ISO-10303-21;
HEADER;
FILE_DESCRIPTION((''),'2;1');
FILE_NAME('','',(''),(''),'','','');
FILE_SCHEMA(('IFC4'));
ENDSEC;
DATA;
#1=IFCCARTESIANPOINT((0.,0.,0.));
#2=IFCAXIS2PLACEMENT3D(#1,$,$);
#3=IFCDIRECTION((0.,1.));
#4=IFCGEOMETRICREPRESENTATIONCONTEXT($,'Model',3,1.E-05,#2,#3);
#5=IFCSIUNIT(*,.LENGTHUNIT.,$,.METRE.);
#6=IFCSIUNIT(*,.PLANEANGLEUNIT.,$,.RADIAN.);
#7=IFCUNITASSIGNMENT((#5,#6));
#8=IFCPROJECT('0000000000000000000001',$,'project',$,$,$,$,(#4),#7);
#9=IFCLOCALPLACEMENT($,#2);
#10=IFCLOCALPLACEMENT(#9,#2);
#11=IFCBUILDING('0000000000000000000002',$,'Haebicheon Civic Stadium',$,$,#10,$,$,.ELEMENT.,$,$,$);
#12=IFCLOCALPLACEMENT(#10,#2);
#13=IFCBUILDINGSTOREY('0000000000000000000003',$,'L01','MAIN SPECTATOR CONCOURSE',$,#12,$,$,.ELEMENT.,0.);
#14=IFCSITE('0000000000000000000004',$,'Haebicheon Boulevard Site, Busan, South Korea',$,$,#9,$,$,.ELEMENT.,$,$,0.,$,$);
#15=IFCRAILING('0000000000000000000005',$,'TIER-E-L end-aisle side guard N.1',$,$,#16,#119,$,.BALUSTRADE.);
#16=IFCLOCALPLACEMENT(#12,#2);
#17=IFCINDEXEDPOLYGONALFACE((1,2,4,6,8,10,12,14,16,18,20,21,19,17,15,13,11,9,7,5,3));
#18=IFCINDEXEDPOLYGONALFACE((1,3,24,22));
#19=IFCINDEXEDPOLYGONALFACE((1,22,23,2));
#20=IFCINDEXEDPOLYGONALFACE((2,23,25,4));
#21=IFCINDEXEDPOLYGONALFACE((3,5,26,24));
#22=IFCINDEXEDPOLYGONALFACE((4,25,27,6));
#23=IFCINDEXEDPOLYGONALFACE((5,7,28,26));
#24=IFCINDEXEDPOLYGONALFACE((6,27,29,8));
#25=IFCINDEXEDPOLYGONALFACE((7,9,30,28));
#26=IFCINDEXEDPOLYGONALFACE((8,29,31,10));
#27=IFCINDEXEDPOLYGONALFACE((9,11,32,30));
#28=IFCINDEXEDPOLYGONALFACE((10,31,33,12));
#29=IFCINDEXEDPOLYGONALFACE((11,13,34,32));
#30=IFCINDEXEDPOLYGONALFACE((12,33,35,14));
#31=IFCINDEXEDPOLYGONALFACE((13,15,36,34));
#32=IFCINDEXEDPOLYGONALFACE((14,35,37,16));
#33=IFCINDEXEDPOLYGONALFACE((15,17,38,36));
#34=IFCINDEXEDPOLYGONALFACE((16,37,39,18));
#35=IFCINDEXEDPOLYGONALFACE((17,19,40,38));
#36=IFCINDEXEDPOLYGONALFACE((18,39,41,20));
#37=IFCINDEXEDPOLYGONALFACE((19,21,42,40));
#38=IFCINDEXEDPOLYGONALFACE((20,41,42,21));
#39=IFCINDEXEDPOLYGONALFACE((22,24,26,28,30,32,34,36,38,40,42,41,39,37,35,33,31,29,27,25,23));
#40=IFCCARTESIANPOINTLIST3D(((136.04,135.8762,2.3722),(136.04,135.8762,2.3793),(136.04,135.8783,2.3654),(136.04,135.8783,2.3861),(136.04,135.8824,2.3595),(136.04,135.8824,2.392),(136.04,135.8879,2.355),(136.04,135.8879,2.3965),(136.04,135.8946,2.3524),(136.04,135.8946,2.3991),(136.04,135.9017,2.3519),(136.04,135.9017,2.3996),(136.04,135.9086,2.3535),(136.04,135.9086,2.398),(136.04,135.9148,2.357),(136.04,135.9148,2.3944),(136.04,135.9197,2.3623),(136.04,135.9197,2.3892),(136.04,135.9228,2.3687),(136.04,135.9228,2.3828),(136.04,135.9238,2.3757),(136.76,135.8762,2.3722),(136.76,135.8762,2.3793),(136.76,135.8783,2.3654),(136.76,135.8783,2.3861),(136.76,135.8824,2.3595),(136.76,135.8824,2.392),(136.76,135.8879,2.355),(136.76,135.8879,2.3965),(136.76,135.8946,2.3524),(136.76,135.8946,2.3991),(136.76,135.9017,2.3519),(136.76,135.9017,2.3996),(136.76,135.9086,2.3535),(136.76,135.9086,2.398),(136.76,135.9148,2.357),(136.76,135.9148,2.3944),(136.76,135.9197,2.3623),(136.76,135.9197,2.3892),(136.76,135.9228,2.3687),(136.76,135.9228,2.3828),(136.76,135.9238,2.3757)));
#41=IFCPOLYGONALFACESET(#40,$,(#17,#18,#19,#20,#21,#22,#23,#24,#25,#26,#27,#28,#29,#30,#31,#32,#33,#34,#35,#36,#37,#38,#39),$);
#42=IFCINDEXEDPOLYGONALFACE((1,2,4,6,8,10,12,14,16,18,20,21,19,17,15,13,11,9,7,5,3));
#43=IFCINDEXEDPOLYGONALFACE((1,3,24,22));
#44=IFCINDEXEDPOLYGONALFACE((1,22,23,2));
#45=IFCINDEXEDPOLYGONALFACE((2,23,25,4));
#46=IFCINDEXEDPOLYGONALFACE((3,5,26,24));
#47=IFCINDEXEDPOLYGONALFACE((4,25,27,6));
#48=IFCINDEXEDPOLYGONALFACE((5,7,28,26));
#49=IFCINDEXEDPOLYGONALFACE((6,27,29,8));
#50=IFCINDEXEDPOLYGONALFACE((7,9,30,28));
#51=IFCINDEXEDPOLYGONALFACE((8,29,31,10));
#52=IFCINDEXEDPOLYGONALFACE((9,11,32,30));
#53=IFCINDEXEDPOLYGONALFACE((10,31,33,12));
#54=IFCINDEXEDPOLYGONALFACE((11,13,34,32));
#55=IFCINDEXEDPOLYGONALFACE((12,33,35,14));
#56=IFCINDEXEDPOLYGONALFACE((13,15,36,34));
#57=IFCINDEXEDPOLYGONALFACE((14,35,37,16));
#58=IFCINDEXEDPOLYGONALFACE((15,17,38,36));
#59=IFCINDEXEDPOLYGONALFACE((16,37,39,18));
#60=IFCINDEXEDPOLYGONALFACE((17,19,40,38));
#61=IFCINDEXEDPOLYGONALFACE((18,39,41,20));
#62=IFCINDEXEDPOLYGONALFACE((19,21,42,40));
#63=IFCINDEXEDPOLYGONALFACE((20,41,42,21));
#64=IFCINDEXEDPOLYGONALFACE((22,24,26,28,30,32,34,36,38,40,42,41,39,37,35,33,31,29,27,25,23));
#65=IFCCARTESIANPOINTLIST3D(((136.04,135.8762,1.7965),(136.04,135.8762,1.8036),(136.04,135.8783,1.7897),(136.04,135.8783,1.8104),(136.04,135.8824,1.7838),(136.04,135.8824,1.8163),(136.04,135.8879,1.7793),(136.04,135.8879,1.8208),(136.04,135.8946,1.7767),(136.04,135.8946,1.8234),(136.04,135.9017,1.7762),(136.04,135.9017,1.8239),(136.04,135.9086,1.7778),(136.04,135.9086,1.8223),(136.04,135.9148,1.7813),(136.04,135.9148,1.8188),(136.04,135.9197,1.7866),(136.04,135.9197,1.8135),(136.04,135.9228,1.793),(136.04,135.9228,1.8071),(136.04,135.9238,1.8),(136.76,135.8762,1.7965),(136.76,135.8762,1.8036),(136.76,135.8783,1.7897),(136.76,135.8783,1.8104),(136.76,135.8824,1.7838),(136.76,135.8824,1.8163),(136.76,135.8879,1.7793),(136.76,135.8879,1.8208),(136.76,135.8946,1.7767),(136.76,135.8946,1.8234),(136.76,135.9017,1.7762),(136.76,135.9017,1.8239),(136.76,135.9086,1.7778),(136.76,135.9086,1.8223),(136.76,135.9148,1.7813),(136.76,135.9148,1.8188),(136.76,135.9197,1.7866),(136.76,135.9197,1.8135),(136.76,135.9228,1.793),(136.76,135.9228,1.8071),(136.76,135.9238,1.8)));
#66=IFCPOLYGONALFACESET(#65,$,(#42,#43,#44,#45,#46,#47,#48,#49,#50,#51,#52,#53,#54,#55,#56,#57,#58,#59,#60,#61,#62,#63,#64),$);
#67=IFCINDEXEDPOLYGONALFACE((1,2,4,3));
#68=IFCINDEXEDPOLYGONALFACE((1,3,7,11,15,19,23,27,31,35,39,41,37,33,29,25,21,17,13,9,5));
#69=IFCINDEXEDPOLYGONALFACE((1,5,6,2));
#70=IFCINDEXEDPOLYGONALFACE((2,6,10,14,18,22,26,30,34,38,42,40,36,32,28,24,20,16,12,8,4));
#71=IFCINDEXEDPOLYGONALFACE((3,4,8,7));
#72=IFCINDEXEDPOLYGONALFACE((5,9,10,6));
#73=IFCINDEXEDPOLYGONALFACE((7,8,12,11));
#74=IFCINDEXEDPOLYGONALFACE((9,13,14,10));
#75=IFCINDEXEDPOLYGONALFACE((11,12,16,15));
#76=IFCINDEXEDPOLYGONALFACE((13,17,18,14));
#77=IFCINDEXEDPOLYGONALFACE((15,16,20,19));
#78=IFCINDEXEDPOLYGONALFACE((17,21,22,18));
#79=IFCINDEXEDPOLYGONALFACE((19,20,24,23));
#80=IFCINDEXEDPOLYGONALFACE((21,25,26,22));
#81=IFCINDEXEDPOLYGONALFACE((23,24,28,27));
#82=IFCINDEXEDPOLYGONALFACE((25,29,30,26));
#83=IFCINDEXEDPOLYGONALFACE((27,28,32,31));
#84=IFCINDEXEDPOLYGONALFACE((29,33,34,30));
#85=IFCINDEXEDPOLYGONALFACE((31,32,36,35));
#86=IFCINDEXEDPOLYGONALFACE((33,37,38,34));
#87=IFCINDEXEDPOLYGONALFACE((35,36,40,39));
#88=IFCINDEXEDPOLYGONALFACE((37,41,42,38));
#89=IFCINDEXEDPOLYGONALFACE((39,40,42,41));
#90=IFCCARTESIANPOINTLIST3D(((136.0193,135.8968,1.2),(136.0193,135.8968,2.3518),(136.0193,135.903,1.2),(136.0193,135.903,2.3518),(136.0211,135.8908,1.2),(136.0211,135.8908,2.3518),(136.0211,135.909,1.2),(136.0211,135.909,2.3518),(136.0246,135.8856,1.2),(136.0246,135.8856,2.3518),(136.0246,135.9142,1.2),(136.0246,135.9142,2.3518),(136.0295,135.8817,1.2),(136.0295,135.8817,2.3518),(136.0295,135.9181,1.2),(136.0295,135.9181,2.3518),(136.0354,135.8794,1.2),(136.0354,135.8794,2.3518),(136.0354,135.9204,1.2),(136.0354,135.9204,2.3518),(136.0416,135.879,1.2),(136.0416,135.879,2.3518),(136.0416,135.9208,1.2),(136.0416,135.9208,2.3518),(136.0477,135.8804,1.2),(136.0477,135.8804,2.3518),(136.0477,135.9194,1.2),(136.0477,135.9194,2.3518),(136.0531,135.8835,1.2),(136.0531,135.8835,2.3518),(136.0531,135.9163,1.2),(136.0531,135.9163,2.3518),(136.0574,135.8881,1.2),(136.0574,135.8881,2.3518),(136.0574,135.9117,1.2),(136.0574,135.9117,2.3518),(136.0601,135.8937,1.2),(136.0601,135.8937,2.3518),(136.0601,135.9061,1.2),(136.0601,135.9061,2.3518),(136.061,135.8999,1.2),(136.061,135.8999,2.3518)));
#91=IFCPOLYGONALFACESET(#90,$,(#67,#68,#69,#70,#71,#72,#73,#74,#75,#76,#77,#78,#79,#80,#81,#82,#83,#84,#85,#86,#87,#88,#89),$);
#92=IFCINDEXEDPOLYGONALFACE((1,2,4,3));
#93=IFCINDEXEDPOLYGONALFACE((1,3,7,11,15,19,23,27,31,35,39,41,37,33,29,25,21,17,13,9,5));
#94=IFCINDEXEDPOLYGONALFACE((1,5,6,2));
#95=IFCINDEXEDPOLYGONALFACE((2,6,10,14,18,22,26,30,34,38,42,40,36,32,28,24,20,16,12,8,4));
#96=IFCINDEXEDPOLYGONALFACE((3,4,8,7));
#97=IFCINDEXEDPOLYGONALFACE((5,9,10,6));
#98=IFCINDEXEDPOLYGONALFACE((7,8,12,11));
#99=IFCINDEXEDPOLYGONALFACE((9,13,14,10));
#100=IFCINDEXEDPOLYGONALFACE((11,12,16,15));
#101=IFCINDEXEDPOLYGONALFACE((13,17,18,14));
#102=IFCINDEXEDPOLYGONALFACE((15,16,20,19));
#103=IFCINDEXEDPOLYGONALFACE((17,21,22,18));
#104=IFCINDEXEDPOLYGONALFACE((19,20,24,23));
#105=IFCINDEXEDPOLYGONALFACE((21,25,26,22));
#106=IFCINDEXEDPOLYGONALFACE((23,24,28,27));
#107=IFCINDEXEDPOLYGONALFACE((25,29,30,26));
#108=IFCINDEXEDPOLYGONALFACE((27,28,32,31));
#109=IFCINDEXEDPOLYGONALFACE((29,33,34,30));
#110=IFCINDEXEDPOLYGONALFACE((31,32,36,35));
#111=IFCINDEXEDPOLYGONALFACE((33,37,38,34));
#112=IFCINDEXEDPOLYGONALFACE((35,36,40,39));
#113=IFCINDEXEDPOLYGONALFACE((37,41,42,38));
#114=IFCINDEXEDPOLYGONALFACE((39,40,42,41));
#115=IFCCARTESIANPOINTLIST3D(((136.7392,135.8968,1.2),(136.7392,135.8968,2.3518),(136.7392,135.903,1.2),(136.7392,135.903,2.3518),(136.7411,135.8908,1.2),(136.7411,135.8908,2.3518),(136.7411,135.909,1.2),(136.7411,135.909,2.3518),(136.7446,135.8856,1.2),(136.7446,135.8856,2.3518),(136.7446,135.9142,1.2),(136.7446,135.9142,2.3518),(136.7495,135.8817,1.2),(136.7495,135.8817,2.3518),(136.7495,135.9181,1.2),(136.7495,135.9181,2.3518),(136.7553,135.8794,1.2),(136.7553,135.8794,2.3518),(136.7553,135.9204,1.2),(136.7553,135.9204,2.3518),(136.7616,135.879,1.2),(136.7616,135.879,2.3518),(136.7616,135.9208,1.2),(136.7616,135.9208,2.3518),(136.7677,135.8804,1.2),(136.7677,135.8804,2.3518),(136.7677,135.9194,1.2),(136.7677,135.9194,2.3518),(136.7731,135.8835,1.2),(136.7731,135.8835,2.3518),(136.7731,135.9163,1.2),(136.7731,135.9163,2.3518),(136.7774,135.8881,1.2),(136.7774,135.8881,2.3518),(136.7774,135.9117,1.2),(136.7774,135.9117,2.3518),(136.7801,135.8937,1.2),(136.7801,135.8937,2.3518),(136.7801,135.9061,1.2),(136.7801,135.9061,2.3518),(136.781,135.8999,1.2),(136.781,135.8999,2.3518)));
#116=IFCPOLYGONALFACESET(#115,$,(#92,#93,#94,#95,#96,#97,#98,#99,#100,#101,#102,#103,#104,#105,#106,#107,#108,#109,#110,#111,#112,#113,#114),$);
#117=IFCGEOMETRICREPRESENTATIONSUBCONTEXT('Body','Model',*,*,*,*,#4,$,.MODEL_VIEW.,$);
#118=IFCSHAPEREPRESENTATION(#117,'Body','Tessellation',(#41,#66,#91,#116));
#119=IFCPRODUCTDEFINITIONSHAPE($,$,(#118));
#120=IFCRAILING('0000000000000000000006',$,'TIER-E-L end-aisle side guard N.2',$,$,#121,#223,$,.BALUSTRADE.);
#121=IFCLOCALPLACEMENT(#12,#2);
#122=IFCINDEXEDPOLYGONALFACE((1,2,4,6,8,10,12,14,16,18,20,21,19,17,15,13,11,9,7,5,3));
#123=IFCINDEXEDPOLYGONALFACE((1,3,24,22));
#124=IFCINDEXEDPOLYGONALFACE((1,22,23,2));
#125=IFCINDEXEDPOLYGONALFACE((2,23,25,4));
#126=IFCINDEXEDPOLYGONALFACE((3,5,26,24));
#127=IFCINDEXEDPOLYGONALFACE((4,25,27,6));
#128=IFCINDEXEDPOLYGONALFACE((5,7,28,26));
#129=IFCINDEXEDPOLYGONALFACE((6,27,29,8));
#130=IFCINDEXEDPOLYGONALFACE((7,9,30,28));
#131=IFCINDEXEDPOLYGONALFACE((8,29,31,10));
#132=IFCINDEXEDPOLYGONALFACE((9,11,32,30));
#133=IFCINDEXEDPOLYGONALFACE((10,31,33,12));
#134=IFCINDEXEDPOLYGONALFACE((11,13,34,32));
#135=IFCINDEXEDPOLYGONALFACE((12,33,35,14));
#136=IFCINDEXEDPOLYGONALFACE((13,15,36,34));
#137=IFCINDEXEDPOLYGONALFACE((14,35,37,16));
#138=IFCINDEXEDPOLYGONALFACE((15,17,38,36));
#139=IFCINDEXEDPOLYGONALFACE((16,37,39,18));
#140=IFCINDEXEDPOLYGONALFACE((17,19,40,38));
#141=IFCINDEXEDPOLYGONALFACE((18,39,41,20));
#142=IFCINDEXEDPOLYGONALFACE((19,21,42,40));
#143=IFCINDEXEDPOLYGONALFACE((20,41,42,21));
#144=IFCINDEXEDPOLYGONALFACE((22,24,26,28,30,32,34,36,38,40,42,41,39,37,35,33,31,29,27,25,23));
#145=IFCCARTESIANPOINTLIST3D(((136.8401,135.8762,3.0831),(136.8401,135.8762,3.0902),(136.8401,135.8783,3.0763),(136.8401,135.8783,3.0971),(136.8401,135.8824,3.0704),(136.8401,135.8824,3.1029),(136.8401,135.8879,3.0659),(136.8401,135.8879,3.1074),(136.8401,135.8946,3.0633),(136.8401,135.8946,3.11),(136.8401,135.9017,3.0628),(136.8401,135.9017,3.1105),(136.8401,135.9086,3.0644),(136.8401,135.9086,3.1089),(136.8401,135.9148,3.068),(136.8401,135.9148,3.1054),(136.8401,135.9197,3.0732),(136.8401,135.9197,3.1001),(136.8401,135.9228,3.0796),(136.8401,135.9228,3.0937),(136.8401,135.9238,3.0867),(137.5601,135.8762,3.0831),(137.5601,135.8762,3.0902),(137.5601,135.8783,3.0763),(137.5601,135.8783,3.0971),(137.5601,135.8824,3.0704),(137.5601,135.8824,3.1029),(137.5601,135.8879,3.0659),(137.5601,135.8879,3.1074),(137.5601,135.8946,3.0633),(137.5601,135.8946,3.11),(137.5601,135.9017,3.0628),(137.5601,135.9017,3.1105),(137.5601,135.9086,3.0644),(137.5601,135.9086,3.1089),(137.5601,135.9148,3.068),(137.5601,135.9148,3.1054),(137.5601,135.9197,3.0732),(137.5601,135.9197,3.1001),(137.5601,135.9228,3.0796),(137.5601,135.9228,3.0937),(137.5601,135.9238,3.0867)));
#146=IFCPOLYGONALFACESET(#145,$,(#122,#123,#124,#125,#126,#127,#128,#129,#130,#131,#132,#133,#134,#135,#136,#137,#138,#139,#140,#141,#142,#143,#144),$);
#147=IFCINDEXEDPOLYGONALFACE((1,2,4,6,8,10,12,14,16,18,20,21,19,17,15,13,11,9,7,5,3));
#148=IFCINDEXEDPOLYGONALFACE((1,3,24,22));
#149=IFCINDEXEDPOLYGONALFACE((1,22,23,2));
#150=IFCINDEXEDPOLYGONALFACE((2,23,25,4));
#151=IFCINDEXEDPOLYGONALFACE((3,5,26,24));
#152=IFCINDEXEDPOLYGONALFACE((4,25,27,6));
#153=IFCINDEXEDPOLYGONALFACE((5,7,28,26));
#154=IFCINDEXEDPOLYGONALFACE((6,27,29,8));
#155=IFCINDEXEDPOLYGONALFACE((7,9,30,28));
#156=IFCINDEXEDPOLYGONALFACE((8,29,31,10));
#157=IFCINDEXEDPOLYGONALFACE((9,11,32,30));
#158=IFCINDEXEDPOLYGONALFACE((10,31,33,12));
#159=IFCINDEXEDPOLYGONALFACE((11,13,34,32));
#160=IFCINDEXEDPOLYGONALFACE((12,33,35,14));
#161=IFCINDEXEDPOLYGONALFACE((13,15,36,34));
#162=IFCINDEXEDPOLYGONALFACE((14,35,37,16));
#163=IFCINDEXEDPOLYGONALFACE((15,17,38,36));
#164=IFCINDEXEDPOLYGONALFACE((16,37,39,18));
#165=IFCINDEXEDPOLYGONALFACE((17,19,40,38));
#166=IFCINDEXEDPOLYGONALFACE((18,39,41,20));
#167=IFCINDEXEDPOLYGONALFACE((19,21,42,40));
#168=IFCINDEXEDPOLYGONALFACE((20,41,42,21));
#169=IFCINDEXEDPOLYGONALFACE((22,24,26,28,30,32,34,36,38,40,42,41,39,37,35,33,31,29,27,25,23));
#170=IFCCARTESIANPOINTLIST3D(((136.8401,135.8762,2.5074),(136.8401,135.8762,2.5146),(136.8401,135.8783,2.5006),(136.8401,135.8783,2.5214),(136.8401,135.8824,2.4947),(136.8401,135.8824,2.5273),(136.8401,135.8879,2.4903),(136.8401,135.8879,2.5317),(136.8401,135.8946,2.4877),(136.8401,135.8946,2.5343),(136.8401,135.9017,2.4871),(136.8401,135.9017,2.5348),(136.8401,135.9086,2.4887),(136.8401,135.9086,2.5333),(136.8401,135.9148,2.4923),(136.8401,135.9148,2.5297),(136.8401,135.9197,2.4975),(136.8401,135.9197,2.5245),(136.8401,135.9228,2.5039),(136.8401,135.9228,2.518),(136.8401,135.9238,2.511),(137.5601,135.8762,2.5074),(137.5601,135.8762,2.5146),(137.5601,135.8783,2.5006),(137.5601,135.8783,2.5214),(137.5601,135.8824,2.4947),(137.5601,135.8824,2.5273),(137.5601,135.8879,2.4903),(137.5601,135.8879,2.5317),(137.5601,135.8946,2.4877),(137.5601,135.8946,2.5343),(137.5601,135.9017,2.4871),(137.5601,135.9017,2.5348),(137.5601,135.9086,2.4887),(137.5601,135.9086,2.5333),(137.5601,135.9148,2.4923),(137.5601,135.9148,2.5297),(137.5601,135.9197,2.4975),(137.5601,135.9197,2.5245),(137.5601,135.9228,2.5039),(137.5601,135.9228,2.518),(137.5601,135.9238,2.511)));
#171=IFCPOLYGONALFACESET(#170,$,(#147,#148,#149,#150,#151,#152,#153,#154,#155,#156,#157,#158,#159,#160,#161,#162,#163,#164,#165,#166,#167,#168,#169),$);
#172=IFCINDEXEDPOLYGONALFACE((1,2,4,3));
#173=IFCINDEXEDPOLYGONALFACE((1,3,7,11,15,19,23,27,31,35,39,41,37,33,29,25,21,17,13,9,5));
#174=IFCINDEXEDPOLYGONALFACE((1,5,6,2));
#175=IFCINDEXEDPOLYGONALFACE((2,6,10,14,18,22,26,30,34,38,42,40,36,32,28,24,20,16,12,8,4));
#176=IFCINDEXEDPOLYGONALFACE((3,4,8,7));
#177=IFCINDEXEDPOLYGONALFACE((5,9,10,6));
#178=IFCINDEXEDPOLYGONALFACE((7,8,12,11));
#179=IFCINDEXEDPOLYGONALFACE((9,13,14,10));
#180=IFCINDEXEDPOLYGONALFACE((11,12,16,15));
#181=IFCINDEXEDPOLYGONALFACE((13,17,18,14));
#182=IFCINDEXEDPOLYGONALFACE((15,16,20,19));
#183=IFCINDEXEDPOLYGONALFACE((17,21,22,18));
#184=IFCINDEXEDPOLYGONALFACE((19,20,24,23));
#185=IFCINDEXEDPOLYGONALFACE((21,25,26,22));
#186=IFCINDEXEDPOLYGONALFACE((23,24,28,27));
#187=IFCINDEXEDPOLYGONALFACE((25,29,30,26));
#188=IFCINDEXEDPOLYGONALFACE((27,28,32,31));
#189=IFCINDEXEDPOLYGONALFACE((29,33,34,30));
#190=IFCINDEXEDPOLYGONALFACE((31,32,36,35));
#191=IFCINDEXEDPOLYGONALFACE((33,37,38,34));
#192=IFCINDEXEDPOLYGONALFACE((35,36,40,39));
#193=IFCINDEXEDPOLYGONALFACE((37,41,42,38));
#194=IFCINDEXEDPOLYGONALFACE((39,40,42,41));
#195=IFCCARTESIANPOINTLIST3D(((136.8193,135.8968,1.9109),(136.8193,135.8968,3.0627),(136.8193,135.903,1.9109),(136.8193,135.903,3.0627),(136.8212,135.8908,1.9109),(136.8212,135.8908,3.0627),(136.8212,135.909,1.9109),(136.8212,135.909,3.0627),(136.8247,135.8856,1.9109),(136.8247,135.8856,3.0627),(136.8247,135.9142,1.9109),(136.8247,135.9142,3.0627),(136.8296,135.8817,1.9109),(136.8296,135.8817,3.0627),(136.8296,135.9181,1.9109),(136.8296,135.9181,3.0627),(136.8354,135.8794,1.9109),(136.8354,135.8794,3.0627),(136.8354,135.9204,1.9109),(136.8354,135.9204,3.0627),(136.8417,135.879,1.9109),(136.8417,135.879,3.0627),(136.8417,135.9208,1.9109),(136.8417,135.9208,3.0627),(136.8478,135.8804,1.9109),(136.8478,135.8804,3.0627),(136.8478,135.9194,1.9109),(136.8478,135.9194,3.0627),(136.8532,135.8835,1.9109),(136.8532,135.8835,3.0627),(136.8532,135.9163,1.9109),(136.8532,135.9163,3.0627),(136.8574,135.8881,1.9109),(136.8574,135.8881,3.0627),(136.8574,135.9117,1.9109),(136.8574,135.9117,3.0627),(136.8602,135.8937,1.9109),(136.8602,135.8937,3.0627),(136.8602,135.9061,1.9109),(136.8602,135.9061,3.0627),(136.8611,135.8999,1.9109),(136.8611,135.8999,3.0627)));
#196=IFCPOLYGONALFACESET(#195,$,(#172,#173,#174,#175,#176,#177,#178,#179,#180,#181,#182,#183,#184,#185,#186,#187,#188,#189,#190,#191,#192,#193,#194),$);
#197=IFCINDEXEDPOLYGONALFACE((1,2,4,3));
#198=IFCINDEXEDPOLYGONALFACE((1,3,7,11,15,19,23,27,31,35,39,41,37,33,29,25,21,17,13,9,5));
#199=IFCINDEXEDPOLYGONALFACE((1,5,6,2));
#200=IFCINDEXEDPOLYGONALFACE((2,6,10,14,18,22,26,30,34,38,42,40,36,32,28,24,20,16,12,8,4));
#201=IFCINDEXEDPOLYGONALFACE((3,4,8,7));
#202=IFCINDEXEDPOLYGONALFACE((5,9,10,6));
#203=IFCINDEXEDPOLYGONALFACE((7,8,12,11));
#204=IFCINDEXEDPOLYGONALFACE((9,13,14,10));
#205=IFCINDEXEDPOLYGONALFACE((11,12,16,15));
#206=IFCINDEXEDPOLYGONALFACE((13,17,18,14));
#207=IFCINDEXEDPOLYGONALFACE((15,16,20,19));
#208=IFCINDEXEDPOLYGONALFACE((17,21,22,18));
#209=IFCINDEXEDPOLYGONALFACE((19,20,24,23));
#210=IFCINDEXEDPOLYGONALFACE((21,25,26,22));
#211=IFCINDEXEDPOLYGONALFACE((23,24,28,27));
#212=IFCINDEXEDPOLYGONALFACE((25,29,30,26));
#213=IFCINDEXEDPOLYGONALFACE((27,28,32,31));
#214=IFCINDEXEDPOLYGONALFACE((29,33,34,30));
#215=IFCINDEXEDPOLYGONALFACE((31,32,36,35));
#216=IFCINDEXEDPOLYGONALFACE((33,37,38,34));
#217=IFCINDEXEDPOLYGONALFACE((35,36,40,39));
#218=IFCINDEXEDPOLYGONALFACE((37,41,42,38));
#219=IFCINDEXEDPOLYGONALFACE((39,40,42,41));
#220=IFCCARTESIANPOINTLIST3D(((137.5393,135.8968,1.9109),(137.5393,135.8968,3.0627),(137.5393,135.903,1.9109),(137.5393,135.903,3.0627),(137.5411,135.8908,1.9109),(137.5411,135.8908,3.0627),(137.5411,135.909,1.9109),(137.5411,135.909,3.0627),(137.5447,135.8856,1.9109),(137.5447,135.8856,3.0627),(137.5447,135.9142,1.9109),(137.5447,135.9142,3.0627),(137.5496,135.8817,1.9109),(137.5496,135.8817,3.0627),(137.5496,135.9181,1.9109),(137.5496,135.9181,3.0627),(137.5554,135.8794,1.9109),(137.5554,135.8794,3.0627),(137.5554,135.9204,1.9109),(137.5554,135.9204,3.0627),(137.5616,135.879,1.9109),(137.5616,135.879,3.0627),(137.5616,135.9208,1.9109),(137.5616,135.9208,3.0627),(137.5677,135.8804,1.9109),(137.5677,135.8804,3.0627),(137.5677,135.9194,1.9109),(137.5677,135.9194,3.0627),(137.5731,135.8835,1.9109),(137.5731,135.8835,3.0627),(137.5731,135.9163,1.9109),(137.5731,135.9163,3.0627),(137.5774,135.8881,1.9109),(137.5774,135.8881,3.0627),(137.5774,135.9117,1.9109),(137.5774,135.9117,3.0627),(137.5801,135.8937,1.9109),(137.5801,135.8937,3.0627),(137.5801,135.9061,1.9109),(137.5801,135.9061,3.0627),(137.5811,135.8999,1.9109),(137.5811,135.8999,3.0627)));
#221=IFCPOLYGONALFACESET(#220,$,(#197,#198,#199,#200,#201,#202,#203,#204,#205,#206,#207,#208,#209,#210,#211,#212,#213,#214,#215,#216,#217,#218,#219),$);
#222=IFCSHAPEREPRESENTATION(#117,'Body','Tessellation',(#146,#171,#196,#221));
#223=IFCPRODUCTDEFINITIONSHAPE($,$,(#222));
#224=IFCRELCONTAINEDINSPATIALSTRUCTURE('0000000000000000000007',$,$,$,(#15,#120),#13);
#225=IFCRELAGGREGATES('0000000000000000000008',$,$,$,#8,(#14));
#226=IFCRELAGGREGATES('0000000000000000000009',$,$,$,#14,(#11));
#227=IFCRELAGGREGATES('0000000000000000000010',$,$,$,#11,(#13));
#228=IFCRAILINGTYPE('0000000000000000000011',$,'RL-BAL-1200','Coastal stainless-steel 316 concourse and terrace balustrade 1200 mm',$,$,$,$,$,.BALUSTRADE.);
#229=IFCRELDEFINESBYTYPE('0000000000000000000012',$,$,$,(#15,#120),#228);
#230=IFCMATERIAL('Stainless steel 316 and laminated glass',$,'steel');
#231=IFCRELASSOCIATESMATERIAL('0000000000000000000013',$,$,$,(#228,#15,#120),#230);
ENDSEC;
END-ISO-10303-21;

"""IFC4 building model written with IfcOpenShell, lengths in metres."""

from ifc_helpers import new_model, si_unit, direction, frame, origin, origin_2d, place, context, subcontext, project, spatial, circle, extrude, material, type_object, element, save


model = new_model("IFC4")

# Units and contexts
model_context = context("Model", 3, precision=1e-05, world=origin(), true_north=direction((0.0, 1.0)))
body_context = subcontext(model_context, "Body", "Model", "MODEL_VIEW")
ifc_project = project(units=[si_unit("LENGTHUNIT", "METRE"), si_unit("PLANEANGLEUNIT", "RADIAN")], contexts=[model_context])

# Site, building, storey
site_placement = place(None, origin())
site = spatial("IfcSite", under=ifc_project, at=site_placement, Name="Haebicheon Boulevard Site, Busan, South Korea", CompositionType="ELEMENT", RefElevation=0.0)
building_placement = place(site_placement, origin())
building = spatial("IfcBuilding", under=site, at=building_placement, Name="Haebicheon Civic Stadium", CompositionType="ELEMENT")
storey_placement = place(building_placement, origin())
storey = spatial("IfcBuildingStorey", under=building, at=storey_placement, Name="L01", Description="MAIN SPECTATOR CONCOURSE", CompositionType="ELEMENT", Elevation=0.0)

# Railings
ifc_material_1 = material(Name="Stainless steel 316 and laminated glass", Category="steel")
railing_type = type_object("IfcRailingType", Name="RL-BAL-1200", Description="Coastal stainless-steel 316 concourse and terrace balustrade 1200 mm", PredefinedType="BALUSTRADE", material=ifc_material_1)
for number, where, name in (
    (1, (136.04, 135.8999, 1.2), "TIER-E-L end-aisle side guard N.1"),
    (2, (136.8401, 135.8999, 1.9109), "TIER-E-L end-aisle side guard N.2"),
):
    element("IfcRailing", number, at=place(storey_placement, frame(where)), inside=storey, type_object=railing_type, material=ifc_material_1, Name=name, PredefinedType="BALUSTRADE", context=body_context, shape_type="SweptSolid", body=[
        extrude(circle(Radius=0.0239, at=origin_2d()), frame((0.0, 0.0, 1.1758), z_axis=(1.0, 0.0, 0.0), x_axis=(0.0, 1.0, 0.0)), (0.0, 0.0, 1.0), 0.72),
        extrude(circle(Radius=0.0239, at=origin_2d()), frame((0.0, 0.0, 0.6001), z_axis=(1.0, 0.0, 0.0), x_axis=(0.0, 1.0, 0.0)), (0.0, 0.0, 1.0), 0.72),
        extrude(circle(Radius=0.021, at=origin_2d()), origin(), (0.0, 0.0, 1.0), 1.1519),
        extrude(circle(Radius=0.021, at=origin_2d()), frame((0.72, 0.0, 0.0)), (0.0, 0.0, 1.0), 1.1519),
    ])

save(model, "model.ifc")
